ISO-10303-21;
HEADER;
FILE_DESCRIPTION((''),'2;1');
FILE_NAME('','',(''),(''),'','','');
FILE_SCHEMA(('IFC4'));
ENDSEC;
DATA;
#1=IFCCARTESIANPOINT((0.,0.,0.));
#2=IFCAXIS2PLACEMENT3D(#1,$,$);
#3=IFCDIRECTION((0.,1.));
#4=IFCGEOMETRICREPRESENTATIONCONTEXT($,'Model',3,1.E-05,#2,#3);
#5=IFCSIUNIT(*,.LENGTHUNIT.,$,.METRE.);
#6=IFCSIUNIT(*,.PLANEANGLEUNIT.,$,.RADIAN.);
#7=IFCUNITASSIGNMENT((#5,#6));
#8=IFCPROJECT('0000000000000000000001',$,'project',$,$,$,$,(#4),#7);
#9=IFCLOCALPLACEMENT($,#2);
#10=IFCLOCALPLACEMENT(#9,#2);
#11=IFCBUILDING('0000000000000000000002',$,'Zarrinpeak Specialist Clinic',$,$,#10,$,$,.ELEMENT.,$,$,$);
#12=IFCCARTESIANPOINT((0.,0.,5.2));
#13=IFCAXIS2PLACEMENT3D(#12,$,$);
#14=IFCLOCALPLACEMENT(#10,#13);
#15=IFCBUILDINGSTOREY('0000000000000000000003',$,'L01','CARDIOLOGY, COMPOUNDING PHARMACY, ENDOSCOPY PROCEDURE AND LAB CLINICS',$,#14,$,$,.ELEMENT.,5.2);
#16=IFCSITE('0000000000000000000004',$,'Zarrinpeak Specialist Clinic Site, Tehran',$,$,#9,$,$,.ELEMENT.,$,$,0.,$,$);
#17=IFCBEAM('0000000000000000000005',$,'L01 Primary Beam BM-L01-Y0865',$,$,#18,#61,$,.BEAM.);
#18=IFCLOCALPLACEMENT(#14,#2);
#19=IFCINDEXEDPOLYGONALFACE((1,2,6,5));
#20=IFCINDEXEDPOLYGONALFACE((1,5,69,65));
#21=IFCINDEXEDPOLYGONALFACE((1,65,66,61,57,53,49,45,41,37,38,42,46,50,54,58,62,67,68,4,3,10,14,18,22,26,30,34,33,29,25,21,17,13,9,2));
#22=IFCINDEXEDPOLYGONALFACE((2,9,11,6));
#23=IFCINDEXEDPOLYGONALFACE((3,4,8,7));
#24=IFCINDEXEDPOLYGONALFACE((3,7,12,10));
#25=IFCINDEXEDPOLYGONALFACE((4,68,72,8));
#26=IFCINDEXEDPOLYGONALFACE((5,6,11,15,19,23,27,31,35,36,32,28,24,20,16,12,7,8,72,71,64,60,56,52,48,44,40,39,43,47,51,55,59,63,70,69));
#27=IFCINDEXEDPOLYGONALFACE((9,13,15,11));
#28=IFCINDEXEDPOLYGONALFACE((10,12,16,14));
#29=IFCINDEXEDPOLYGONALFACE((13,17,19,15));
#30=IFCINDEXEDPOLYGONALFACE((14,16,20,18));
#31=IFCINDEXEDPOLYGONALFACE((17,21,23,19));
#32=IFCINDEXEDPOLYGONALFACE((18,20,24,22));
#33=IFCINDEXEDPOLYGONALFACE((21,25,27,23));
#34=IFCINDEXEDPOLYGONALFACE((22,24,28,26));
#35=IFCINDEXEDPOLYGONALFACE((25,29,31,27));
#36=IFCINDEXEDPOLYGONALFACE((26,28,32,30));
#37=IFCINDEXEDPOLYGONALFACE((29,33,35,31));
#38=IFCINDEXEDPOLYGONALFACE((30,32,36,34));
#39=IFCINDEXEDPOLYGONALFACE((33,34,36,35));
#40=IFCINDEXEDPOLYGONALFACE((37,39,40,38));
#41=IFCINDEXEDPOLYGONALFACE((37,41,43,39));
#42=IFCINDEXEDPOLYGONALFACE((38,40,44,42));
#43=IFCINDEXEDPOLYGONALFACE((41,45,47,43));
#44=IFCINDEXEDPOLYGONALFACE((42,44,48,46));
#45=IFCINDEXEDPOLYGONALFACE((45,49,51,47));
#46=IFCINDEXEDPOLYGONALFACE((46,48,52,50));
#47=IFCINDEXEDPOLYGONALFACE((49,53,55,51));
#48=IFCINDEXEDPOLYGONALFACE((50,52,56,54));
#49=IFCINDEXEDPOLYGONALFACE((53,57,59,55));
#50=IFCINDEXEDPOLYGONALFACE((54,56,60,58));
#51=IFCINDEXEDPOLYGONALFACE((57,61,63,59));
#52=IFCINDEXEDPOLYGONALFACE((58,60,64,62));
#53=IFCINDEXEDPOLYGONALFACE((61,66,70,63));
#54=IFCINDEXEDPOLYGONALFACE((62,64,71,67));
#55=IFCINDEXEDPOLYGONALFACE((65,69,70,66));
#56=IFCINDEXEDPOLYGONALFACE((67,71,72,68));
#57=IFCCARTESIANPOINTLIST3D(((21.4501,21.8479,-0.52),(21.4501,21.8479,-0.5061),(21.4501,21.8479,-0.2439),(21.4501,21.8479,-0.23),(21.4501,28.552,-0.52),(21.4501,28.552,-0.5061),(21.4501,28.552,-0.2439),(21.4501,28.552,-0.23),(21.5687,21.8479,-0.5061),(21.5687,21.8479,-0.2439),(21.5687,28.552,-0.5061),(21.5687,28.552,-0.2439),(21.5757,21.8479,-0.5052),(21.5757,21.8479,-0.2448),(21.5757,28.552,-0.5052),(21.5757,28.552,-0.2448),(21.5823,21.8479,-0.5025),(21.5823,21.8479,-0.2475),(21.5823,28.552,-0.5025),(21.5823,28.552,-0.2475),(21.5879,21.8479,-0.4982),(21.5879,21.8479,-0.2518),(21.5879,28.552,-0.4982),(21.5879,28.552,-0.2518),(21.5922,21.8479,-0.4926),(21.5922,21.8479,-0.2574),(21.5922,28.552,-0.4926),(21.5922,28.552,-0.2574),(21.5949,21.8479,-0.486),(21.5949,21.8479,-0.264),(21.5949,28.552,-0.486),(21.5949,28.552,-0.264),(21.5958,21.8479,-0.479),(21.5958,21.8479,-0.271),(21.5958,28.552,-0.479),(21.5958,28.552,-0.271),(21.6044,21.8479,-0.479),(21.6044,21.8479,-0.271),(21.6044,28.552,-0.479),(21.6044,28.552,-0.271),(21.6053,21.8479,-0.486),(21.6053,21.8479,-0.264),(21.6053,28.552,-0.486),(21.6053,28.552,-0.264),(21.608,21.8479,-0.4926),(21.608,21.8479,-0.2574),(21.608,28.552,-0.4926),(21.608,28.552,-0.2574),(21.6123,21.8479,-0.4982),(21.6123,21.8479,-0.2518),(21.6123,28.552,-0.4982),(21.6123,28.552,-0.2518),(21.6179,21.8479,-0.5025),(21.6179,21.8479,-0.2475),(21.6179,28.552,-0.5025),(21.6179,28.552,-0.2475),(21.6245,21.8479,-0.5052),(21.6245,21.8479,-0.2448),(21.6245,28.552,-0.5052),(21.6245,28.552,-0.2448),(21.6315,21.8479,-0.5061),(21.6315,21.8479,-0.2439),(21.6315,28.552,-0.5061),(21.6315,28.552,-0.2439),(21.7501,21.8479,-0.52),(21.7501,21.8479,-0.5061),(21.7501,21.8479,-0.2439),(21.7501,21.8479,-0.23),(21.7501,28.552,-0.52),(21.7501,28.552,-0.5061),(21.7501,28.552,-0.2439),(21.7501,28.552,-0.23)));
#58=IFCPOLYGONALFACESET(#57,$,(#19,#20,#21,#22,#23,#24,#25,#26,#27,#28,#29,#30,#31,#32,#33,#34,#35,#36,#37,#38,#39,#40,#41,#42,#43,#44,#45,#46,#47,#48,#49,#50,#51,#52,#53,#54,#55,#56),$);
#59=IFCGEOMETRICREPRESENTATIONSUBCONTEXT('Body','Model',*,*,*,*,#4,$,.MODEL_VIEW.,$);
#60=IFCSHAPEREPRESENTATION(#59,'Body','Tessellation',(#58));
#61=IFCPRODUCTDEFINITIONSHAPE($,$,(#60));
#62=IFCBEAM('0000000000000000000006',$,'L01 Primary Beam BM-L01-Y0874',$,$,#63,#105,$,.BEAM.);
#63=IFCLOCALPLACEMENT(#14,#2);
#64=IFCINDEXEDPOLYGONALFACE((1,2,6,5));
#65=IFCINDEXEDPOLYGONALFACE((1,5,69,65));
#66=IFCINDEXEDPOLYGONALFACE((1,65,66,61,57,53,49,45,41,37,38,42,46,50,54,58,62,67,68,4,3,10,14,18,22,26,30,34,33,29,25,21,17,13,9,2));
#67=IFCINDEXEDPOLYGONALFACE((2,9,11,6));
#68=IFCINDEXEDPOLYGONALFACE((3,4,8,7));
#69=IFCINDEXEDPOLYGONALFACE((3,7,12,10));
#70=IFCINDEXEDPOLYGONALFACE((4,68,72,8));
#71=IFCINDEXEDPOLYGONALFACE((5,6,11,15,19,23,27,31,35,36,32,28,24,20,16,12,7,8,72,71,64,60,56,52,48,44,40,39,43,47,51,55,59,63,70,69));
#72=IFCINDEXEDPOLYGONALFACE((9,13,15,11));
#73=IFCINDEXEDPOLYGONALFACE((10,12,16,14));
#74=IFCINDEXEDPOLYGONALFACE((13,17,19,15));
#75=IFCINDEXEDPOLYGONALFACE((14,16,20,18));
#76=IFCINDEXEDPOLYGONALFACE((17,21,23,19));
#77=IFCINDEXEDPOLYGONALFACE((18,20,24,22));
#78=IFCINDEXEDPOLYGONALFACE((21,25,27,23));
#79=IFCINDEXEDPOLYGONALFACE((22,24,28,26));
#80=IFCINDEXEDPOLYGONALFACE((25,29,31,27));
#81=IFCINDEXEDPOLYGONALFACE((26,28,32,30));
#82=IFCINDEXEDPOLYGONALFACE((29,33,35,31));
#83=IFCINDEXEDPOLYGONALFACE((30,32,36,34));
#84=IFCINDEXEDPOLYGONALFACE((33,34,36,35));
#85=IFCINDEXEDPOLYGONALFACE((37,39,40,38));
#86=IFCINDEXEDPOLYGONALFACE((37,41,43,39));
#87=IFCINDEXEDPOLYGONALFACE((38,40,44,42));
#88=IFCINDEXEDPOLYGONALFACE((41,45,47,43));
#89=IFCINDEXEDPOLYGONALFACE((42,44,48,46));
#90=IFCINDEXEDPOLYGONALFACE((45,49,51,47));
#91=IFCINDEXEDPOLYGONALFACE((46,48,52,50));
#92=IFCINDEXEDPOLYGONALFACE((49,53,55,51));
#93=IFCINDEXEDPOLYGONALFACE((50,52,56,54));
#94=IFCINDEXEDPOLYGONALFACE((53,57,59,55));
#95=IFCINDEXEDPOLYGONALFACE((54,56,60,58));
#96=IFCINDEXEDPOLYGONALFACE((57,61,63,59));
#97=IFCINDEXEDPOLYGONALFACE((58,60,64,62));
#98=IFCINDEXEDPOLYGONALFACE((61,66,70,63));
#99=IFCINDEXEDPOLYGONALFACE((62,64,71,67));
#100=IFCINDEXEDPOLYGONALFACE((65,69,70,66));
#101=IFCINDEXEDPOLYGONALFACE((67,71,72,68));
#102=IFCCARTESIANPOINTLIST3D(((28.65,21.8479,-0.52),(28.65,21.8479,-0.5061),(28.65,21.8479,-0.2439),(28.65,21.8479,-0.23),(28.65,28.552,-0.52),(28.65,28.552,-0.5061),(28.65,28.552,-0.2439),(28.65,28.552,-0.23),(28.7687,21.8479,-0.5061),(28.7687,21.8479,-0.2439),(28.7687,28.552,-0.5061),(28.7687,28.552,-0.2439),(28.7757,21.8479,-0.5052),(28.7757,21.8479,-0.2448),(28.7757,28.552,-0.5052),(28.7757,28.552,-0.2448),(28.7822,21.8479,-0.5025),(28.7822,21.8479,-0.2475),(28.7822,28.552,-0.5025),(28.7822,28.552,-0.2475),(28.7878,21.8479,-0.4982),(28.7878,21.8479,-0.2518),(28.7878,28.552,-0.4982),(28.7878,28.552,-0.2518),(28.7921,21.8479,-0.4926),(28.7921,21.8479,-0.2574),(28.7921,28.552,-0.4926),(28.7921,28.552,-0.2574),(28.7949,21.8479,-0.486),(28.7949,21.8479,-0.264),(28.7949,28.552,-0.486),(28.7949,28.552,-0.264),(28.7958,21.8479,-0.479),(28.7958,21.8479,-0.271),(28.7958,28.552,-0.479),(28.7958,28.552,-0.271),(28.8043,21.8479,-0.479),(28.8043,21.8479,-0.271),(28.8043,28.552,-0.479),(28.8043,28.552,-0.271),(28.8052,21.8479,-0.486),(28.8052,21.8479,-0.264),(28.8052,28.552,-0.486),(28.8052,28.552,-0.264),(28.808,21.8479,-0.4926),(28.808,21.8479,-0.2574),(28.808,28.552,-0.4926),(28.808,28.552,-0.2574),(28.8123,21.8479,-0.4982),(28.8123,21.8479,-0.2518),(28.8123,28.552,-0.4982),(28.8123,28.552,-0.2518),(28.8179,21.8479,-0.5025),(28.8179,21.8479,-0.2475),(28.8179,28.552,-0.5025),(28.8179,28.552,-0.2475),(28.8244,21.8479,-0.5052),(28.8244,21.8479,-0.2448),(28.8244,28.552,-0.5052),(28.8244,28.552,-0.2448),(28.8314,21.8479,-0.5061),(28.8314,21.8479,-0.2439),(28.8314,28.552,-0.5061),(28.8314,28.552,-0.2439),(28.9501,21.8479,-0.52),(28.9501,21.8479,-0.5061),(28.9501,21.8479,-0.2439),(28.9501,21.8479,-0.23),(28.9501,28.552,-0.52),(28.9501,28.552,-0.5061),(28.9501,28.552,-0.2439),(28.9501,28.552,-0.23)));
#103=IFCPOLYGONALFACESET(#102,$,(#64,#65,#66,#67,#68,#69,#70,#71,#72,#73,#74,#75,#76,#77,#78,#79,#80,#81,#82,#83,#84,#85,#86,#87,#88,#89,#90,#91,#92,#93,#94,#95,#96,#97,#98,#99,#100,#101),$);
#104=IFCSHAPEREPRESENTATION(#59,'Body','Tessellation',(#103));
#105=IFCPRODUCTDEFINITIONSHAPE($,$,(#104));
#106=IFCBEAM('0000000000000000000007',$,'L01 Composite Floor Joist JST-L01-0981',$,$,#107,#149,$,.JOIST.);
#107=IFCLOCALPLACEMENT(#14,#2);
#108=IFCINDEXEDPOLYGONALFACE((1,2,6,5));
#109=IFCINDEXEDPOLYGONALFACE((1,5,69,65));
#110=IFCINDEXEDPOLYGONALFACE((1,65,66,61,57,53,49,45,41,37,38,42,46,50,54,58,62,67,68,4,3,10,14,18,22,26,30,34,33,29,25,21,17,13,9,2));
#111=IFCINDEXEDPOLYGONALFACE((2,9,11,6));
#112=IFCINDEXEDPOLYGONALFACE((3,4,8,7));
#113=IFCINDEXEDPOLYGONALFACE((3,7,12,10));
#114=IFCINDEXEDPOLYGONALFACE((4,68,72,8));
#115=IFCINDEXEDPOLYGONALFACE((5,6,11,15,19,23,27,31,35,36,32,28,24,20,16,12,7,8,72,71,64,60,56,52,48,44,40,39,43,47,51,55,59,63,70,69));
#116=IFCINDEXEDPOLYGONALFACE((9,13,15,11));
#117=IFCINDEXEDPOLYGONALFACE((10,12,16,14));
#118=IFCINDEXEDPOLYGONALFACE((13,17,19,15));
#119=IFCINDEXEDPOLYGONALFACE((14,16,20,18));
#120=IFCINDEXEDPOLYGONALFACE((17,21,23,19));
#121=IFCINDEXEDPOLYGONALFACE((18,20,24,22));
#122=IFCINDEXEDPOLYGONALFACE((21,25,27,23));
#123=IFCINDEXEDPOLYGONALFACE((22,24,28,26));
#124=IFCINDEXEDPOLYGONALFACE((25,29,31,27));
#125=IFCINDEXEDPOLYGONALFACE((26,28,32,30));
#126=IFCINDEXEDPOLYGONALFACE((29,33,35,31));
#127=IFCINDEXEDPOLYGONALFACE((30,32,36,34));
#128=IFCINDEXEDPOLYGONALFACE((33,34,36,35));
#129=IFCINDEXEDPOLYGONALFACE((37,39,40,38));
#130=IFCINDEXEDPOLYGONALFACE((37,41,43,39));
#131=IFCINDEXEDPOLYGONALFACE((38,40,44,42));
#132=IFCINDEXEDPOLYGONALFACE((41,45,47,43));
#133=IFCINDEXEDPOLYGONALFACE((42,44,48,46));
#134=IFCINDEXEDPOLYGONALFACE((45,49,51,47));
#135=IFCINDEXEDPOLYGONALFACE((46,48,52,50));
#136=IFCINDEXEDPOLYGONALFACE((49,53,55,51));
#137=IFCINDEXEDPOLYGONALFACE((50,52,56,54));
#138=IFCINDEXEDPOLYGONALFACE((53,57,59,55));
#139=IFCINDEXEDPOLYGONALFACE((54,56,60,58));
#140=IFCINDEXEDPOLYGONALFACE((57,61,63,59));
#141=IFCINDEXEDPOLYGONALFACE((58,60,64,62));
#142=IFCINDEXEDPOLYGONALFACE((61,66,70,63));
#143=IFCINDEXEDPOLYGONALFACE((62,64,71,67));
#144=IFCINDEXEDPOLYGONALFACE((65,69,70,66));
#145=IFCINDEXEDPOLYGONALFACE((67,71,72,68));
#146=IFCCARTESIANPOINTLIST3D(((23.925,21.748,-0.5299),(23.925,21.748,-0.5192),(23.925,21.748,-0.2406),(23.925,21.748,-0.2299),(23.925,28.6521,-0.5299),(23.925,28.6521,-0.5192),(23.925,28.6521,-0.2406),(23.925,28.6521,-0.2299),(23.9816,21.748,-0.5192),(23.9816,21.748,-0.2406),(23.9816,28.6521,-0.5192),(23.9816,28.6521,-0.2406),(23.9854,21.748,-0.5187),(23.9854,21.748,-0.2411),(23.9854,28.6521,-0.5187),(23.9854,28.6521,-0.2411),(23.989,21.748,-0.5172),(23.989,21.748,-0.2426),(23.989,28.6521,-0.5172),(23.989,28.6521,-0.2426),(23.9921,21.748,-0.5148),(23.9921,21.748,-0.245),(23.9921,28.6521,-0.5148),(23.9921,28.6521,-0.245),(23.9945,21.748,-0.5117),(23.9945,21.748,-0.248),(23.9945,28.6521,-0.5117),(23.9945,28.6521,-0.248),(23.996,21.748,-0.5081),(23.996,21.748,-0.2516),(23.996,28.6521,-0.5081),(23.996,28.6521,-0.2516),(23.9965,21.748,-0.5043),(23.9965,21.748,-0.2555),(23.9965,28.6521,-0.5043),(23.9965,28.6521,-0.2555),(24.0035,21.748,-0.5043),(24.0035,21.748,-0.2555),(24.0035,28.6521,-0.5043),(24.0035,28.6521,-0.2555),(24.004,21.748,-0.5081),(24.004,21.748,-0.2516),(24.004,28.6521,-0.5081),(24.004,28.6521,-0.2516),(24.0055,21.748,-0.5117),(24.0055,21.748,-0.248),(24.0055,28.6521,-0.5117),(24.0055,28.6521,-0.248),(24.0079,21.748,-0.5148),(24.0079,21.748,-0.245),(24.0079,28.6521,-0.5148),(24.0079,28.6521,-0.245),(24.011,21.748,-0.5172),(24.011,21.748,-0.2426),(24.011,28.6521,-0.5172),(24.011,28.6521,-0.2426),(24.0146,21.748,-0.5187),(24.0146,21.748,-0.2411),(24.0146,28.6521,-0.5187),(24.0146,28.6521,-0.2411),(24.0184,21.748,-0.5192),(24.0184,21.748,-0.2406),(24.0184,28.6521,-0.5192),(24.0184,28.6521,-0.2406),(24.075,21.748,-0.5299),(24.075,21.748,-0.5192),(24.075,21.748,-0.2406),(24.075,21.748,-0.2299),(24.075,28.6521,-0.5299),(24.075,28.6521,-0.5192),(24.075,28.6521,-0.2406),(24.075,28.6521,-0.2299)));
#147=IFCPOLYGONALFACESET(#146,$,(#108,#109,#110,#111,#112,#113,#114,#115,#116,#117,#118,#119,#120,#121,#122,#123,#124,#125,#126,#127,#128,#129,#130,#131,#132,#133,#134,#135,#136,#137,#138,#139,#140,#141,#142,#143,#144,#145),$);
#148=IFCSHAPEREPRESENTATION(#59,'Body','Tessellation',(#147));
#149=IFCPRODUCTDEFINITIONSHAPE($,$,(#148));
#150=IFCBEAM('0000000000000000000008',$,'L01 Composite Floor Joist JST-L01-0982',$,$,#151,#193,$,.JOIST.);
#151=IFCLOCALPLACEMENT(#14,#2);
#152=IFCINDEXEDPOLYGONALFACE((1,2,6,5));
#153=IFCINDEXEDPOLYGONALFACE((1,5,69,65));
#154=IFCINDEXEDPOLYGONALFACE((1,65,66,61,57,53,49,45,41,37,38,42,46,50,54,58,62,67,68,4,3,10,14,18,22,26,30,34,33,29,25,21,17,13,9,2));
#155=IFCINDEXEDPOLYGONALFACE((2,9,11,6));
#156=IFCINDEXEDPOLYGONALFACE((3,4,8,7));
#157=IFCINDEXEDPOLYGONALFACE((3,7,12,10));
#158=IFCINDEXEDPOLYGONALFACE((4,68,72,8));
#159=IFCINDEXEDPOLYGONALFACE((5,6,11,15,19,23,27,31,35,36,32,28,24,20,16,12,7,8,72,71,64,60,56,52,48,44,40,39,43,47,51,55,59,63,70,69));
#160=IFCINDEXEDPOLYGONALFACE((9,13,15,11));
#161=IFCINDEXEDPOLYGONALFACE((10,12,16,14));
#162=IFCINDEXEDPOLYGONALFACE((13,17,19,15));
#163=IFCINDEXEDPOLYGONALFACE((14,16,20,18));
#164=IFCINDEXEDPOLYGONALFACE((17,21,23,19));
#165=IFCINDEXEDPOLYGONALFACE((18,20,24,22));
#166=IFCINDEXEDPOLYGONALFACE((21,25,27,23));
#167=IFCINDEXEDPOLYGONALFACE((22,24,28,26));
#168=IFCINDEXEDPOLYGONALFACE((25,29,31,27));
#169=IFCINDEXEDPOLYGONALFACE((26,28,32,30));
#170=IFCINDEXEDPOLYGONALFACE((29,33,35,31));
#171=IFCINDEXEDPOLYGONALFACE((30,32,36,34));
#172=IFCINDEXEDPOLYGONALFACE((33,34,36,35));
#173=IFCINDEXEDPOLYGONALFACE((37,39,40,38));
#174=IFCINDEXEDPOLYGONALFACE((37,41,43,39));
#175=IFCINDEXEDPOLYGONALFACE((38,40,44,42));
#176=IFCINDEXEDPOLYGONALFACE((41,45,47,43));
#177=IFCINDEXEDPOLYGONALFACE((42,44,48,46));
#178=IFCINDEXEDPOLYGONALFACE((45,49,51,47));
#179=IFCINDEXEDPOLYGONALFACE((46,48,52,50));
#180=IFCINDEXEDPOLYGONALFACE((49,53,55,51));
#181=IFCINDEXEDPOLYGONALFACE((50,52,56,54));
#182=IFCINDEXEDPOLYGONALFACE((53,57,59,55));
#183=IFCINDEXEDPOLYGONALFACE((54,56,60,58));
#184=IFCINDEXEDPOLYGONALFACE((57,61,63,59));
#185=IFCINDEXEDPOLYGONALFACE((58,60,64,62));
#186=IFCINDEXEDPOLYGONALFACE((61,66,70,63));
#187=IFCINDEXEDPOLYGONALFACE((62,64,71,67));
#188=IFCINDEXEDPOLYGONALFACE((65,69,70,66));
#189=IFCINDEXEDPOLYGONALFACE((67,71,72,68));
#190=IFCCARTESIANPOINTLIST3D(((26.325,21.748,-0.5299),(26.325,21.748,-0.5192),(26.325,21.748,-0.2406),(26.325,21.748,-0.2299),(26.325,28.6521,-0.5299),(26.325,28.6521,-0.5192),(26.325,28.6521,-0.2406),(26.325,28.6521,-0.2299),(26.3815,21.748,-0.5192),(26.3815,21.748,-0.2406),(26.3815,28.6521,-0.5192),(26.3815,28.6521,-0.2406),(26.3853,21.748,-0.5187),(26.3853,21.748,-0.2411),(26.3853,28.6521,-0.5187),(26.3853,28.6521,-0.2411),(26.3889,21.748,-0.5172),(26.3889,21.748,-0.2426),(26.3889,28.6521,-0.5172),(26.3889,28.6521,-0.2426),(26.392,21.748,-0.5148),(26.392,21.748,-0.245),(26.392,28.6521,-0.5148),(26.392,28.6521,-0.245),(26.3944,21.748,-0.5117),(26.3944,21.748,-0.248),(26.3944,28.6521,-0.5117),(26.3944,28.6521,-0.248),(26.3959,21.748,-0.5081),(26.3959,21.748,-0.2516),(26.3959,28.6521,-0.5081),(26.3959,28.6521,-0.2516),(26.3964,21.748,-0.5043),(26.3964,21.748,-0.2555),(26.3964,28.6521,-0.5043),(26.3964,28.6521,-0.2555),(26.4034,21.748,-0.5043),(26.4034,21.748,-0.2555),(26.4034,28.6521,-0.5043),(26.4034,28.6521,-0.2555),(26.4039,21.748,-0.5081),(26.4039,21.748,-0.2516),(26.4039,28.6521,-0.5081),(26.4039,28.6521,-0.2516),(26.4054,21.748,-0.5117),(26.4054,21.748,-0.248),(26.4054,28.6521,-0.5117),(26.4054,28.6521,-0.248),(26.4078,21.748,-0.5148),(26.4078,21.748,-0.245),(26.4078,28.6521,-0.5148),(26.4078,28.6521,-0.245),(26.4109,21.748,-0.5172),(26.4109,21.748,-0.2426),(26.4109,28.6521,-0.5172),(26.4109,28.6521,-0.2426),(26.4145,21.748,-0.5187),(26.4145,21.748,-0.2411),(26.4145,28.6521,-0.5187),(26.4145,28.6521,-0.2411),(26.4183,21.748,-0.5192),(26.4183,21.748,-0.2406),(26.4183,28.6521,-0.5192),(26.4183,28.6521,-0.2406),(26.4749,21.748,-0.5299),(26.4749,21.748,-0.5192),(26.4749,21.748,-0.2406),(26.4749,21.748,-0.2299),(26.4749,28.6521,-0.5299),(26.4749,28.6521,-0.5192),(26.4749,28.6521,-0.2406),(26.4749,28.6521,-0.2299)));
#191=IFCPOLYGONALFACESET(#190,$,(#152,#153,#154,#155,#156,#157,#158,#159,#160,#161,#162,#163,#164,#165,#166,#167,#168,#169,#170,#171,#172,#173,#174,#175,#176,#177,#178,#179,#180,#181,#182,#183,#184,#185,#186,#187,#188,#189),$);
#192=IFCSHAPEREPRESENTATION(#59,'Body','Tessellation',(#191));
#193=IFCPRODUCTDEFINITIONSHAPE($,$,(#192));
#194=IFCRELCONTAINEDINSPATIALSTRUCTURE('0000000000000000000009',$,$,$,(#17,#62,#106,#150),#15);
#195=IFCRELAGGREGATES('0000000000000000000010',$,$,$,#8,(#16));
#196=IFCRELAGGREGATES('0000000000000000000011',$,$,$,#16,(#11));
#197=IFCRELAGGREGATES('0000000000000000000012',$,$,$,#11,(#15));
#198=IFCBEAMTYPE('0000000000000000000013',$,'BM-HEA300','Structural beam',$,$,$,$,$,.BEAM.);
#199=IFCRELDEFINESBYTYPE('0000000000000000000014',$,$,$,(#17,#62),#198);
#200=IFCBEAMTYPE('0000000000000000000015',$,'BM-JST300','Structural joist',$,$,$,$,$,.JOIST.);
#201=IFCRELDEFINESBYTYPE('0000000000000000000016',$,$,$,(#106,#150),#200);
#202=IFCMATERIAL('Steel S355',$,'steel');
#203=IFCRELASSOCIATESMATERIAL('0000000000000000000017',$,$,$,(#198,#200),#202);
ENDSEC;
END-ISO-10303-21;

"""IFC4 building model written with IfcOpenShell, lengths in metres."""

from ifc_helpers import new_model, si_unit, direction, frame, origin, origin_2d, place, context, subcontext, project, spatial, i_section, extrude, material, material_profile, profile_set, type_object, element, save


model = new_model("IFC4")

# Units and contexts
model_context = context("Model", 3, precision=1e-05, world=origin(), true_north=direction((0.0, 1.0)))
body_context = subcontext(model_context, "Body", "Model", "MODEL_VIEW")
ifc_project = project(units=[si_unit("LENGTHUNIT", "METRE"), si_unit("PLANEANGLEUNIT", "RADIAN")], contexts=[model_context])

# Site, building, storey
site_placement = place(None, origin())
site = spatial("IfcSite", under=ifc_project, at=site_placement, Name="Zarrinpeak Specialist Clinic Site, Tehran", CompositionType="ELEMENT", RefElevation=0.0)
building_placement = place(site_placement, origin())
building = spatial("IfcBuilding", under=site, at=building_placement, Name="Zarrinpeak Specialist Clinic", CompositionType="ELEMENT")
storey_placement = place(building_placement, frame((0.0, 0.0, 5.2)))
storey = spatial("IfcBuildingStorey", under=building, at=storey_placement, Name="L01", Description="CARDIOLOGY, COMPOUNDING PHARMACY, ENDOSCOPY PROCEDURE AND LAB CLINICS", CompositionType="ELEMENT", Elevation=5.2)

# Shared definitions
ifc_material_1 = material(Name="Steel S355", Category="steel")

# Beams
ifc_material_profile_1 = material_profile(ifc_material_1, i_section(OverallWidth=0.3, OverallDepth=0.29, WebThickness=0.0085, FlangeThickness=0.0139, FilletRadius=0.0271, at=origin_2d()), Name="HEA 300")
ifc_profile_set_1 = profile_set([ifc_material_profile_1], Name="Steel S355")
beam_type_1 = type_object("IfcBeamType", Name="BM-HEA300", Description="Structural beam", PredefinedType="BEAM", material=ifc_profile_set_1)
for number, where, z_axis, x_axis, name in (
    (1, (21.6001, 21.8479, -0.375), (0.0, 1.0, 0.0), (-1.0, 0.0, 0.0), "L01 Primary Beam BM-L01-Y0865"),
    (2, (28.8, 21.8479, -0.375), (0.0, 1.0, 0.0), (-1.0, 0.0, 0.0), "L01 Primary Beam BM-L01-Y0874"),
):
    element("IfcBeam", number, at=place(storey_placement, frame(where, z_axis=z_axis, x_axis=x_axis)), inside=storey, type_object=beam_type_1, Name=name, PredefinedType="BEAM", context=body_context, shape_type="SweptSolid", body=[
        extrude(i_section(OverallWidth=0.3, OverallDepth=0.29, WebThickness=0.0085, FlangeThickness=0.0139, FilletRadius=0.0271, at=origin_2d()), origin(), (0.0, 0.0, 1.0), 6.7041),
    ])
ifc_material_profile_2 = material_profile(ifc_material_1, i_section(OverallWidth=0.1499, OverallDepth=0.3, WebThickness=0.0071, FlangeThickness=0.0107, FilletRadius=0.0149, at=origin_2d()), Name="IPE 300")
ifc_profile_set_2 = profile_set([ifc_material_profile_2], Name="Steel S355")
beam_type_2 = type_object("IfcBeamType", Name="BM-JST300", Description="Structural joist", PredefinedType="JOIST", material=ifc_profile_set_2)
for number, where, z_axis, x_axis, name in (
    (3, (24.0, 21.748, -0.3799), (0.0, 1.0, 0.0), (-1.0, 0.0, 0.0), "L01 Composite Floor Joist JST-L01-0981"),
    (4, (26.3999, 21.748, -0.3799), (0.0, 1.0, 0.0), (-1.0, 0.0, 0.0), "L01 Composite Floor Joist JST-L01-0982"),
):
    element("IfcBeam", number, at=place(storey_placement, frame(where, z_axis=z_axis, x_axis=x_axis)), inside=storey, type_object=beam_type_2, Name=name, PredefinedType="JOIST", context=body_context, shape_type="SweptSolid", body=[
        extrude(i_section(OverallWidth=0.1499, OverallDepth=0.3, WebThickness=0.0071, FlangeThickness=0.0107, FilletRadius=0.0149, at=origin_2d()), origin(), (0.0, 0.0, 1.0), 6.9041),
    ])

save(model, "model.ifc")
